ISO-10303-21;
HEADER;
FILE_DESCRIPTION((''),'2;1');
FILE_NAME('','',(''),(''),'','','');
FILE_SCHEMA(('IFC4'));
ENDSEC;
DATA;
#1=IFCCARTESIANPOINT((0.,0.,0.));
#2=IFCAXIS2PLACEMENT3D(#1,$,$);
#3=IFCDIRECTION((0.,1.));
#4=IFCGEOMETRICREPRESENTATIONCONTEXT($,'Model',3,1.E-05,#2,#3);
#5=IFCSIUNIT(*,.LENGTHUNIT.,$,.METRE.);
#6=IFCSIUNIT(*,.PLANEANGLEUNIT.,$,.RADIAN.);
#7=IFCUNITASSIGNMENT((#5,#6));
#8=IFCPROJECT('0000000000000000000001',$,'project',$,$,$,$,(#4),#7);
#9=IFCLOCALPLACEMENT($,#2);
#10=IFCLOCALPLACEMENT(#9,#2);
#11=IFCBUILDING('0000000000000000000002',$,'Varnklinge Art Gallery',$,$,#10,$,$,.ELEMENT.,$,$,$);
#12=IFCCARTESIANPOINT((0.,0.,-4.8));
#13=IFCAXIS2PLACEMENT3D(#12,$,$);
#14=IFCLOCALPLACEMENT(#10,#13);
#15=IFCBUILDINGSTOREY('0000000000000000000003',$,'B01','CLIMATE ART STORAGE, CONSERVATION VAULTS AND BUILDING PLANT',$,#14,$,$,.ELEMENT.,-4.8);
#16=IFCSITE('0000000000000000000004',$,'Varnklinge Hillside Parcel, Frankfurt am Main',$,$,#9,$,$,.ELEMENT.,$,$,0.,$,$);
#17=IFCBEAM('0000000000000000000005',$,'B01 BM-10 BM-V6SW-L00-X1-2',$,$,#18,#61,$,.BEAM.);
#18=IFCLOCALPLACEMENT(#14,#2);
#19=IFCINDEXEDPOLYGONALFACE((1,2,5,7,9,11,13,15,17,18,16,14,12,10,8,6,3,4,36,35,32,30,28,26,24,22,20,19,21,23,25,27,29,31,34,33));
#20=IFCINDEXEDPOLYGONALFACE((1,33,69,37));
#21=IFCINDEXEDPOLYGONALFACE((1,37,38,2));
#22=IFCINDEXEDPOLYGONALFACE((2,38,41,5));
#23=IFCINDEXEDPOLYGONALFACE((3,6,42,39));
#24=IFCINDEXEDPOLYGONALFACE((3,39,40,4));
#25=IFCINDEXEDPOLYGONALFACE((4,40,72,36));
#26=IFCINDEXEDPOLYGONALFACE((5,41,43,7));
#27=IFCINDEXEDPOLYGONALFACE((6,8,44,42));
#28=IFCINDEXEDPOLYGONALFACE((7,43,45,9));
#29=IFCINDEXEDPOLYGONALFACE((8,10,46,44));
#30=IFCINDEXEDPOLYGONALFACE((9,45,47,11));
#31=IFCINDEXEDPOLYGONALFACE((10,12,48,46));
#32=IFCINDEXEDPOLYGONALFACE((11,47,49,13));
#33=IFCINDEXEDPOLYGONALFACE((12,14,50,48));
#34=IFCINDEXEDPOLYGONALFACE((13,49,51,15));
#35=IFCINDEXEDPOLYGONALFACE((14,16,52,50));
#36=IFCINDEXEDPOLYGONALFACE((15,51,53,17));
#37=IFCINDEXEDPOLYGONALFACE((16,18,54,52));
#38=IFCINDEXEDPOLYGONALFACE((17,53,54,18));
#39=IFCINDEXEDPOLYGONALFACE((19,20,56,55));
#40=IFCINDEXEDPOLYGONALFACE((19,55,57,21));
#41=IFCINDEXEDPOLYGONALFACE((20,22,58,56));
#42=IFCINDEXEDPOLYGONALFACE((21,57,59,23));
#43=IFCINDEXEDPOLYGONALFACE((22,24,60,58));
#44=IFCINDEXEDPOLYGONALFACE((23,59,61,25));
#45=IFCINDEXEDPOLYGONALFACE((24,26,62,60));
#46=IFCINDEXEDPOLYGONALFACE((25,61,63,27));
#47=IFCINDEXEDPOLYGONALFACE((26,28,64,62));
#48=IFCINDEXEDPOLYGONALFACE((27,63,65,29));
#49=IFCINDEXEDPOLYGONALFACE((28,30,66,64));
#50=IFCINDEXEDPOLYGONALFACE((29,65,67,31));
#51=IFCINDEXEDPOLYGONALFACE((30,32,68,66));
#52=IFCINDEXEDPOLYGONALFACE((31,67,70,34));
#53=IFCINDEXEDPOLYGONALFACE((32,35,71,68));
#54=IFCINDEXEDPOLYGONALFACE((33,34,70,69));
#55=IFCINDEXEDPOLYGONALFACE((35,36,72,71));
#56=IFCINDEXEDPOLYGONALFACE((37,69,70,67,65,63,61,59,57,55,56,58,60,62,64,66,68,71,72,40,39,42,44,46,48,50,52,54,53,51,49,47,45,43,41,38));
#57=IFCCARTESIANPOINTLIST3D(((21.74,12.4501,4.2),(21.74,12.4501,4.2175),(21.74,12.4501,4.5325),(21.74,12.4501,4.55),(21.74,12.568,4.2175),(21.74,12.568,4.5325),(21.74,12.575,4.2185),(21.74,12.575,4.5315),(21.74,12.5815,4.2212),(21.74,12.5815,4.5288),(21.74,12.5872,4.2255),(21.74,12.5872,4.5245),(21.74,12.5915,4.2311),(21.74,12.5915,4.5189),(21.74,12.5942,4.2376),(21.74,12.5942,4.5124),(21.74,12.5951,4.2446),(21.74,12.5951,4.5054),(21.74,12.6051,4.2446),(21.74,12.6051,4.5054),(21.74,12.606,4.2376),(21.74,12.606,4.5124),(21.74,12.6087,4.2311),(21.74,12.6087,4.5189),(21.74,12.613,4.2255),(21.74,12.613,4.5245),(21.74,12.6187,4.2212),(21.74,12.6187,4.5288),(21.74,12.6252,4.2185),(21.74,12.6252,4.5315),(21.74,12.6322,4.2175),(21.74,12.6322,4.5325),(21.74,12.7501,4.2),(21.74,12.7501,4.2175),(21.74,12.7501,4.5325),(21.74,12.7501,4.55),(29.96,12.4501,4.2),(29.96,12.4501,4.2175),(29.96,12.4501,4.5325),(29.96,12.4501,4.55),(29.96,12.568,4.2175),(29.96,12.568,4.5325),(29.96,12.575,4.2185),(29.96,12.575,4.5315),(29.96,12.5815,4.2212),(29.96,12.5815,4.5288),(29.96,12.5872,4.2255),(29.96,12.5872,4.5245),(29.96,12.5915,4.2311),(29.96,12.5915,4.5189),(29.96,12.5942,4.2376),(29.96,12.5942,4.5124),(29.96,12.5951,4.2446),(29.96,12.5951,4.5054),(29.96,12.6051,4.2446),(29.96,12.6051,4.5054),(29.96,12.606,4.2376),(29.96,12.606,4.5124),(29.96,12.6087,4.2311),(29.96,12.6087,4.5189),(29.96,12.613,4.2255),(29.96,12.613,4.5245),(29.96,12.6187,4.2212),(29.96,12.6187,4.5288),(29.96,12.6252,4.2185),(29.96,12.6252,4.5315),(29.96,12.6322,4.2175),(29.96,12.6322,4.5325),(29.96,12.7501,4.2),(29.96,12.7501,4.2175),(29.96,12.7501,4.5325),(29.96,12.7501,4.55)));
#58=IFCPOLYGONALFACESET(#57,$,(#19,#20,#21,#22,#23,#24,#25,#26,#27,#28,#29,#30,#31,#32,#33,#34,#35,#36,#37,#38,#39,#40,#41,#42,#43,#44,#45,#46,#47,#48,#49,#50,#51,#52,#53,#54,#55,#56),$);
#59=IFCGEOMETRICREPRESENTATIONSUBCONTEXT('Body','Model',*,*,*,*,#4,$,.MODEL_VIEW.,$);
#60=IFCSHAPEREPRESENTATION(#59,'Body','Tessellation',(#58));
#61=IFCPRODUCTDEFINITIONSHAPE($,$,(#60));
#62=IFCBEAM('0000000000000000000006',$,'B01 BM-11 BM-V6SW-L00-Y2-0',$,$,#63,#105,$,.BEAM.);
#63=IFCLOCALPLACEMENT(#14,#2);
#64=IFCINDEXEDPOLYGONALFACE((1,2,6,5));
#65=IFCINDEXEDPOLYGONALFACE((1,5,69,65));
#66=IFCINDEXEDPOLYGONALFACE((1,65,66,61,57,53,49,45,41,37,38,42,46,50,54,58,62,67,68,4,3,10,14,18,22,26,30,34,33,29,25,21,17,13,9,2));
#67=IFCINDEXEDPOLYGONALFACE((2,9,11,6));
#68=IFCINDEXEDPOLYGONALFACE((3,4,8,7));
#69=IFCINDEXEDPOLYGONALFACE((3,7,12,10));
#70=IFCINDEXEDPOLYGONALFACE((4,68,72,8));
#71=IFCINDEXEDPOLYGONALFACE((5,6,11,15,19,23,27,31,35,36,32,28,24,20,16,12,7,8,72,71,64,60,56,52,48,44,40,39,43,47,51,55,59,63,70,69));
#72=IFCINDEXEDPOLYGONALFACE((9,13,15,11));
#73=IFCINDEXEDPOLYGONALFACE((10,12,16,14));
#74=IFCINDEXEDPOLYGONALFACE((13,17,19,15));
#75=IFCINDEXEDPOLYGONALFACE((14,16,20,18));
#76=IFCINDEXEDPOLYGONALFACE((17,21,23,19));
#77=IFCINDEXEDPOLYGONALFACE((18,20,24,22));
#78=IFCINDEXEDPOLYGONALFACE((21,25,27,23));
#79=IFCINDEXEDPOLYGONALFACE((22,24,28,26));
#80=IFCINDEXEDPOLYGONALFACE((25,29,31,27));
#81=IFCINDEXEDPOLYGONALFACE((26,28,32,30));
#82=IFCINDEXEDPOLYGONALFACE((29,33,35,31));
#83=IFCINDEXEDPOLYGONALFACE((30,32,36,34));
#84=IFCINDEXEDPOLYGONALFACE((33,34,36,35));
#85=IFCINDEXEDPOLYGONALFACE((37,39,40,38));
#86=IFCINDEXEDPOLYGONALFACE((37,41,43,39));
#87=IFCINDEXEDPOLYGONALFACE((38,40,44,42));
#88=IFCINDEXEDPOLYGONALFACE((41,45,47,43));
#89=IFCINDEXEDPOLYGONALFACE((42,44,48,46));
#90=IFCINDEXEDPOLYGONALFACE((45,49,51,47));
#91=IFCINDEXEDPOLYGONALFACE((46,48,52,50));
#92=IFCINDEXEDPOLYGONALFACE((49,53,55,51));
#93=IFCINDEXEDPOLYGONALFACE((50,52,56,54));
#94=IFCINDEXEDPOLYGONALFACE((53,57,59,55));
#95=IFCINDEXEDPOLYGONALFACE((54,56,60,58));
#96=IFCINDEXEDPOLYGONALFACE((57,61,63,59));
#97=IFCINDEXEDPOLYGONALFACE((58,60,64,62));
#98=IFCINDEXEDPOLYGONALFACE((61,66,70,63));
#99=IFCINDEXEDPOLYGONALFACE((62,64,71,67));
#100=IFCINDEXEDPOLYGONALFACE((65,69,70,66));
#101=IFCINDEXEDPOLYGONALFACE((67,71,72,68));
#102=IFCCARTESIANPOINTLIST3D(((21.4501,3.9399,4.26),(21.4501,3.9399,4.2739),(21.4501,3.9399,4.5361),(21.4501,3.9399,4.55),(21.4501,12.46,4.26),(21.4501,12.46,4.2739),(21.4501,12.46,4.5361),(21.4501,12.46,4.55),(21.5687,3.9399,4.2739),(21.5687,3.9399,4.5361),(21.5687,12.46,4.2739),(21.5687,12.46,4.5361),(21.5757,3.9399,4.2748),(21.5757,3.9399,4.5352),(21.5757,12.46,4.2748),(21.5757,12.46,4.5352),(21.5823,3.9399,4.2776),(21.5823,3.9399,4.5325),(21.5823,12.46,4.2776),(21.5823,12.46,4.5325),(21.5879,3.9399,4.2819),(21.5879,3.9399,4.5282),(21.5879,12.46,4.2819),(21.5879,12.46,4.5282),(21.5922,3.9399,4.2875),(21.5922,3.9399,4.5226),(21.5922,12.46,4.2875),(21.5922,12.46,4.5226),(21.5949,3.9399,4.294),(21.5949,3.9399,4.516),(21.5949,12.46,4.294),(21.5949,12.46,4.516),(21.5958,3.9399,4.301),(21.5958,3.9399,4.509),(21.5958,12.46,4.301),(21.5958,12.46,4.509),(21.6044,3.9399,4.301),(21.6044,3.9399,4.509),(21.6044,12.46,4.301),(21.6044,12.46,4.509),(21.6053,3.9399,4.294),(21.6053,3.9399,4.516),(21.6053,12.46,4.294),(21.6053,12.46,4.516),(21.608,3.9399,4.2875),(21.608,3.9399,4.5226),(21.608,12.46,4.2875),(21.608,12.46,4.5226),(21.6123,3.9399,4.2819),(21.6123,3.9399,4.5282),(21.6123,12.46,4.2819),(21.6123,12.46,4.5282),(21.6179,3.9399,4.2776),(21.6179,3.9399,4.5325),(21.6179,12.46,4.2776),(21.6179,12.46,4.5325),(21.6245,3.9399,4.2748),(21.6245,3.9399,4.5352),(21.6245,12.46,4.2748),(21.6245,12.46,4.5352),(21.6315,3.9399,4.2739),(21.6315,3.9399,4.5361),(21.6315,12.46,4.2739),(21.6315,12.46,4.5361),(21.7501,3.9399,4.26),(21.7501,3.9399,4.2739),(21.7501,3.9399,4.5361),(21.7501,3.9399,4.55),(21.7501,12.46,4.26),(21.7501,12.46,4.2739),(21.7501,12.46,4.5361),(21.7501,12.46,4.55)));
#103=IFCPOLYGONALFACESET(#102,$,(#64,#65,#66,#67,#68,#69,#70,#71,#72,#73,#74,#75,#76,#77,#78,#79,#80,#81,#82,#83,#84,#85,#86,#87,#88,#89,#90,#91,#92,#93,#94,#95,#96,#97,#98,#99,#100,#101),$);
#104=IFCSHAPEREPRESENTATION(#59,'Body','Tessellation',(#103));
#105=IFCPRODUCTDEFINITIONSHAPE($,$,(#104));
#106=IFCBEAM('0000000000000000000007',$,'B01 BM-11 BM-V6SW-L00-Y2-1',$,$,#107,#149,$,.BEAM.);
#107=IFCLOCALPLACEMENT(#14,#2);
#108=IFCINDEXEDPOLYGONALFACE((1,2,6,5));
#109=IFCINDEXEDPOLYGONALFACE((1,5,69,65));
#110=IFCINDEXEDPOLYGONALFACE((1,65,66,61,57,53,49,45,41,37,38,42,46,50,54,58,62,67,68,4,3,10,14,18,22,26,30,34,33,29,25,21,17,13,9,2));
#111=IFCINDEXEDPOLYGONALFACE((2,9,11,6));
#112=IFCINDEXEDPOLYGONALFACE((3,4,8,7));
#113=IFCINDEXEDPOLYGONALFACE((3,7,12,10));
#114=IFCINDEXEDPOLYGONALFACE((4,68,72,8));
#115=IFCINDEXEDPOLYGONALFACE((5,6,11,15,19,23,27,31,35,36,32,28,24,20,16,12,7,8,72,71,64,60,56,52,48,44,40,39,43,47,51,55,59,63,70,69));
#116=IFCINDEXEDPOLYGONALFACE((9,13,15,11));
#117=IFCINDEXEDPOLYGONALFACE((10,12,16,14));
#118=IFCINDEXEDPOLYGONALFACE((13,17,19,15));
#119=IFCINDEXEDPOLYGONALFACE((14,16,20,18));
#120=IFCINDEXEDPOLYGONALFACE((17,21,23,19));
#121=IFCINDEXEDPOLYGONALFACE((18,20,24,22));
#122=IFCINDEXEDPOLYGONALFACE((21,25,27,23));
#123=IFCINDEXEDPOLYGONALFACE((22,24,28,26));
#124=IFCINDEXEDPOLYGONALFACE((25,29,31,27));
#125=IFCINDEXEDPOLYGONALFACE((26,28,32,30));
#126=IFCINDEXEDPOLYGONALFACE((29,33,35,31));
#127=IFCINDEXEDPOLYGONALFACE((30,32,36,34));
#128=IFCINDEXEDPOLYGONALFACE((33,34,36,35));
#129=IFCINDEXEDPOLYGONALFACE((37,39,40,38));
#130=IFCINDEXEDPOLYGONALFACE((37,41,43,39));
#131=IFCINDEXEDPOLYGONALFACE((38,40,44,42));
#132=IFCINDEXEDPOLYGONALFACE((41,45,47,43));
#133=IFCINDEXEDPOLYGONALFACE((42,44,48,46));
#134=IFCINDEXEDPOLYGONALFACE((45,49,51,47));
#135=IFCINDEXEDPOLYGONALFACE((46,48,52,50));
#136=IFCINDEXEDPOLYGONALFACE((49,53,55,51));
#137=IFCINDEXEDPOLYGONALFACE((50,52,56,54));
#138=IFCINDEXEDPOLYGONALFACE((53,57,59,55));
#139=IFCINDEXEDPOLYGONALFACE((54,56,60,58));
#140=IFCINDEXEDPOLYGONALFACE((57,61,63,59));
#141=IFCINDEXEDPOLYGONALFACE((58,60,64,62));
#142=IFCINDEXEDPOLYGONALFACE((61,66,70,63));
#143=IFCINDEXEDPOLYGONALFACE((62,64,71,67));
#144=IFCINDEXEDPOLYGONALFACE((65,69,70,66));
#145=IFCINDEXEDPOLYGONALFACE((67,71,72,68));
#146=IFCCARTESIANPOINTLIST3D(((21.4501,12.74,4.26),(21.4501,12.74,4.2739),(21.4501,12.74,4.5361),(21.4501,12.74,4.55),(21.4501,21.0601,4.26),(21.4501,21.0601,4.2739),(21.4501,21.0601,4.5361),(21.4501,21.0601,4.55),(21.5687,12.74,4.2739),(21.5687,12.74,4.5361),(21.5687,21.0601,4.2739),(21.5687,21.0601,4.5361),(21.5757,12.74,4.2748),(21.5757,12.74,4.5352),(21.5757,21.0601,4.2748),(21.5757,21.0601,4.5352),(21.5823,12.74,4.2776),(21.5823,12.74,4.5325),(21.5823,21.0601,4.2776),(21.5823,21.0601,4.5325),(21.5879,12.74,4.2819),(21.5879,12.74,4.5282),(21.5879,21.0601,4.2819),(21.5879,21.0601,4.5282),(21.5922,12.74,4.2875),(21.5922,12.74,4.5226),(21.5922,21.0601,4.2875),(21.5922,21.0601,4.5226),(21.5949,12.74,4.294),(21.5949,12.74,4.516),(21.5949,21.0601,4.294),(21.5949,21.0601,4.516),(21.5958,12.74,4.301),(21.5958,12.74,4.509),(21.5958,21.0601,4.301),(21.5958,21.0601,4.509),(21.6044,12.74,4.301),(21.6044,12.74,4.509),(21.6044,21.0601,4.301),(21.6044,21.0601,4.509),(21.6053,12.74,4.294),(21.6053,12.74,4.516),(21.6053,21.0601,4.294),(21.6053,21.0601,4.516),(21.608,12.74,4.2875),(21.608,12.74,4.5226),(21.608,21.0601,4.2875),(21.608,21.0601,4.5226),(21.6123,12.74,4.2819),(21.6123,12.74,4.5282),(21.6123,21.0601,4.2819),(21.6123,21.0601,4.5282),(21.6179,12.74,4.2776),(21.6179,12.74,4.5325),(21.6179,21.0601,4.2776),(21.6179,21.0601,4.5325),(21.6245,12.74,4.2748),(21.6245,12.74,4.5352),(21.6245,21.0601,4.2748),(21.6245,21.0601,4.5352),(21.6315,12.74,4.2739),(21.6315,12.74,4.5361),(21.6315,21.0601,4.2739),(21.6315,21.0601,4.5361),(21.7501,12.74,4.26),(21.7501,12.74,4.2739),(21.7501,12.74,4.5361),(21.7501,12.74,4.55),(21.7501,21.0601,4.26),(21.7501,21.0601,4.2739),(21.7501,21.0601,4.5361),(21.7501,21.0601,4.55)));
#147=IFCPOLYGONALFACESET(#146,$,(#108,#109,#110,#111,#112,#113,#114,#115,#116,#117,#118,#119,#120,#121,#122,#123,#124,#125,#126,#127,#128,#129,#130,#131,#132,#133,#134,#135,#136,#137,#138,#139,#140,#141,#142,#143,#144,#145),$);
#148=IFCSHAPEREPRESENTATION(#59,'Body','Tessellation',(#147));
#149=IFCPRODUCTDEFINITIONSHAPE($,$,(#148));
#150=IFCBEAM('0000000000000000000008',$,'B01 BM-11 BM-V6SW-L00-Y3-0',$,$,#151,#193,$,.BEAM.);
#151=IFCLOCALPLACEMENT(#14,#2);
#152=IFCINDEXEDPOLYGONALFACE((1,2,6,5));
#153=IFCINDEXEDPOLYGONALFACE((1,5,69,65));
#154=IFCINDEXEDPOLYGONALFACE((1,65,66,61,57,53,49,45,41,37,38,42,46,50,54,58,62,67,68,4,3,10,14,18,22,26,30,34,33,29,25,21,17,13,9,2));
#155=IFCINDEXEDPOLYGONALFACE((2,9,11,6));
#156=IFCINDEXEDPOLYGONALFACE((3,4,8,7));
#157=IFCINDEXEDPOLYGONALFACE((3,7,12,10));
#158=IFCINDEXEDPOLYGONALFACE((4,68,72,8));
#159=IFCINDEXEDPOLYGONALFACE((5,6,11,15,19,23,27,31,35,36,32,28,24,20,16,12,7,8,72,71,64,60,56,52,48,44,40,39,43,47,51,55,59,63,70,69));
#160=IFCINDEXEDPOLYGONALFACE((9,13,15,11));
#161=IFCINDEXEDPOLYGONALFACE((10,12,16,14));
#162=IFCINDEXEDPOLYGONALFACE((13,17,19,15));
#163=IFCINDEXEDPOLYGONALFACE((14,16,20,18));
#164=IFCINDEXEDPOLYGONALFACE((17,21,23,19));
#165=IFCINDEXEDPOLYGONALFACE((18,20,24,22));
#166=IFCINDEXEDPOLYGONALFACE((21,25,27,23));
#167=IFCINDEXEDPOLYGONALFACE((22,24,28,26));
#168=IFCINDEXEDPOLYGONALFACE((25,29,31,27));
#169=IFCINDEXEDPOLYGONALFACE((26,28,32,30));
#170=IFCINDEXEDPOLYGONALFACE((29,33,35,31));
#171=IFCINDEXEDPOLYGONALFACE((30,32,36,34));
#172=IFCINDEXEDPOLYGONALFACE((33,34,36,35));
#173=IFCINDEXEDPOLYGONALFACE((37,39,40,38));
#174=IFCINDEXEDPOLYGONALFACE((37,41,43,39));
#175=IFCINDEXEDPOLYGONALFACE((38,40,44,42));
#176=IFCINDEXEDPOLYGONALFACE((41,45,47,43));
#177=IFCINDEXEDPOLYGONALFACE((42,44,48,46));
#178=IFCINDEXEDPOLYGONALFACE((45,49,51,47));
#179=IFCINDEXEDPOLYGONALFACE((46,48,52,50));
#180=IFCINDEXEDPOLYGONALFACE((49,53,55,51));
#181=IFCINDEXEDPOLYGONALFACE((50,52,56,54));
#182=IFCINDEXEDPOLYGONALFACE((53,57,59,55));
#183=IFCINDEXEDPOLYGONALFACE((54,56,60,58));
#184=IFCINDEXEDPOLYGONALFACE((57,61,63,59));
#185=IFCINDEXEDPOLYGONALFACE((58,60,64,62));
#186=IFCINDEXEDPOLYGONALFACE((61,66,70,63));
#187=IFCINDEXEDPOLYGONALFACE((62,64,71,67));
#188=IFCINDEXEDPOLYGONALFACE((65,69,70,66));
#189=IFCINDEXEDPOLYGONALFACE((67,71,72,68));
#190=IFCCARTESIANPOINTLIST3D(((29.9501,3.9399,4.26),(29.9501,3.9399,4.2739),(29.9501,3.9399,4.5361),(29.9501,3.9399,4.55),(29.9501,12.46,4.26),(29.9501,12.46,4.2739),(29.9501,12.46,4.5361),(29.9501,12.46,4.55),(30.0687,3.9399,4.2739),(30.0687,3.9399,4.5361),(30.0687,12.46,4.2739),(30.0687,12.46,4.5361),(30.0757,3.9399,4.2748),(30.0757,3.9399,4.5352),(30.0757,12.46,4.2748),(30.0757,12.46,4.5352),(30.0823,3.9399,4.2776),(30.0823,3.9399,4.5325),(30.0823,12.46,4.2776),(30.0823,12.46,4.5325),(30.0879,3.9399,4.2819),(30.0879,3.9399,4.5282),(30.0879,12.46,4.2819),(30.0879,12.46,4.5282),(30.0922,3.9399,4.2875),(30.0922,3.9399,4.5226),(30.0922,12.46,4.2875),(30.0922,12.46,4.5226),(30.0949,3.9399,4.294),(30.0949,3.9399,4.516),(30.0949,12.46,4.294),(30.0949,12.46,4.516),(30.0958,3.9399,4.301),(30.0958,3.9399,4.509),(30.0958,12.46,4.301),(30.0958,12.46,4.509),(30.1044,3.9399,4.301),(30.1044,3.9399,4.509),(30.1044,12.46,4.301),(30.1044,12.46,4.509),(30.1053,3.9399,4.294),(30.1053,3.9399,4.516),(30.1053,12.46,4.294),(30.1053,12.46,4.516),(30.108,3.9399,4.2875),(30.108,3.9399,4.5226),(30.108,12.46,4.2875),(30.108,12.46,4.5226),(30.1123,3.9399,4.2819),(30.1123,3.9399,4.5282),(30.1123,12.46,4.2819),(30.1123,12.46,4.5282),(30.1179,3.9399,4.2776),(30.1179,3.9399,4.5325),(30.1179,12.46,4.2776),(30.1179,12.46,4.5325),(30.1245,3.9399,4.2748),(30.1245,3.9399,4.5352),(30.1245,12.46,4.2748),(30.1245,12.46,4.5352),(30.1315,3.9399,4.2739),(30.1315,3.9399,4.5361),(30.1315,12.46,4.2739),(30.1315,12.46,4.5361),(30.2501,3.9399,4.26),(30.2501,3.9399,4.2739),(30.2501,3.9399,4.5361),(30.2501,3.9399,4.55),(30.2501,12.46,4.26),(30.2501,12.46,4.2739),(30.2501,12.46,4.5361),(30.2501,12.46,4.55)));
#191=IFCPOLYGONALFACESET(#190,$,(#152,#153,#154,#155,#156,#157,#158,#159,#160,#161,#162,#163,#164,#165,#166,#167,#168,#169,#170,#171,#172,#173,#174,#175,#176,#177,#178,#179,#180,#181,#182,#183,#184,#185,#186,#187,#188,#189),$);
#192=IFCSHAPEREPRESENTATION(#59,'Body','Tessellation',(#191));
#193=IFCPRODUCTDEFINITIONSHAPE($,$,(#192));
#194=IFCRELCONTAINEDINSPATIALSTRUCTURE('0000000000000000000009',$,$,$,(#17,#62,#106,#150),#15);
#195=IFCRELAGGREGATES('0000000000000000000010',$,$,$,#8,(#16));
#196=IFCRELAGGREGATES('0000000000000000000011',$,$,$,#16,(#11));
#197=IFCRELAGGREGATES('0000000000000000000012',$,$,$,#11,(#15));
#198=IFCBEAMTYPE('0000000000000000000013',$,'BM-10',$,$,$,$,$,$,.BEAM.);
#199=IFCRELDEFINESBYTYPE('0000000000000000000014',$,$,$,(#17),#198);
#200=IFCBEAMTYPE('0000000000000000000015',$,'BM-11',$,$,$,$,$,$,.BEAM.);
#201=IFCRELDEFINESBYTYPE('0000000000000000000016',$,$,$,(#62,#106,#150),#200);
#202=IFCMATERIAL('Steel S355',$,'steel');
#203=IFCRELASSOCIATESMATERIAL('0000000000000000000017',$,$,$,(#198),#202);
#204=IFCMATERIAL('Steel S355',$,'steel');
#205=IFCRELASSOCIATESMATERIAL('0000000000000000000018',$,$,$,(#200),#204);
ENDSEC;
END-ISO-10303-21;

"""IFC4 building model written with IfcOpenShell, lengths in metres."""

from ifc_helpers import new_model, si_unit, direction, frame, origin, origin_2d, place, context, subcontext, project, spatial, i_section, extrude, material, material_profile, profile_set, type_object, element, save


model = new_model("IFC4")

# Units and contexts
model_context = context("Model", 3, precision=1e-05, world=origin(), true_north=direction((0.0, 1.0)))
body_context = subcontext(model_context, "Body", "Model", "MODEL_VIEW")
ifc_project = project(units=[si_unit("LENGTHUNIT", "METRE"), si_unit("PLANEANGLEUNIT", "RADIAN")], contexts=[model_context])

# Site, building, storey
site_placement = place(None, origin())
site = spatial("IfcSite", under=ifc_project, at=site_placement, Name="Varnklinge Hillside Parcel, Frankfurt am Main", CompositionType="ELEMENT", RefElevation=0.0)
building_placement = place(site_placement, origin())
building = spatial("IfcBuilding", under=site, at=building_placement, Name="Varnklinge Art Gallery", CompositionType="ELEMENT")
storey_placement = place(building_placement, frame((0.0, 0.0, -4.8)))
storey = spatial("IfcBuildingStorey", under=building, at=storey_placement, Name="B01", Description="CLIMATE ART STORAGE, CONSERVATION VAULTS AND BUILDING PLANT", CompositionType="ELEMENT", Elevation=-4.8)

# Beams
ifc_material_1 = material(Name="Steel S355", Category="steel")
ifc_material_profile_1 = material_profile(ifc_material_1, i_section(OverallWidth=0.3, OverallDepth=0.3501, WebThickness=0.01, FlangeThickness=0.0176, FilletRadius=0.0271, at=origin_2d()), Name="HEA 360")
ifc_profile_set_1 = profile_set([ifc_material_profile_1], Name="Steel S355")
beam_type_1 = type_object("IfcBeamType", Name="BM-10", PredefinedType="BEAM", material=ifc_profile_set_1)
for number, where, z_axis, x_axis, name in (
    (1, (21.74, 12.6001, 4.375), (1.0, 0.0, 0.0), (0.0, 1.0, 0.0), "B01 BM-10 BM-V6SW-L00-X1-2"),
):
    element("IfcBeam", number, at=place(storey_placement, frame(where, z_axis=z_axis, x_axis=x_axis)), inside=storey, type_object=beam_type_1, Name=name, PredefinedType="BEAM", context=body_context, shape_type="SweptSolid", body=[
        extrude(i_section(OverallWidth=0.3, OverallDepth=0.3501, WebThickness=0.01, FlangeThickness=0.0176, FilletRadius=0.0271, at=origin_2d()), origin(), (0.0, 0.0, 1.0), 8.22),
    ])
ifc_material_2 = material(Name="Steel S355", Category="steel")
ifc_material_profile_2 = material_profile(ifc_material_2, i_section(OverallWidth=0.3, OverallDepth=0.29, WebThickness=0.0085, FlangeThickness=0.0139, FilletRadius=0.0271, at=origin_2d()), Name="HEA 300")
ifc_profile_set_2 = profile_set([ifc_material_profile_2], Name="Steel S355")
beam_type_2 = type_object("IfcBeamType", Name="BM-11", PredefinedType="BEAM", material=ifc_profile_set_2)
beam_1_placement = place(storey_placement, frame((21.6001, 3.9399, 4.405), z_axis=(0.0, 1.0, 0.0), x_axis=(-1.0, 0.0, 0.0)))
element("IfcBeam", 2, at=beam_1_placement, inside=storey, type_object=beam_type_2, Name="B01 BM-11 BM-V6SW-L00-Y2-0", PredefinedType="BEAM", context=body_context, shape_type="SweptSolid", body=[
    extrude(i_section(OverallWidth=0.3, OverallDepth=0.29, WebThickness=0.0085, FlangeThickness=0.0139, FilletRadius=0.0271, at=origin_2d()), origin(), (0.0, 0.0, 1.0), 8.52),
])
beam_2_placement = place(storey_placement, frame((21.6001, 12.74, 4.405), z_axis=(0.0, 1.0, 0.0), x_axis=(-1.0, 0.0, 0.0)))
element("IfcBeam", 3, at=beam_2_placement, inside=storey, type_object=beam_type_2, Name="B01 BM-11 BM-V6SW-L00-Y2-1", PredefinedType="BEAM", context=body_context, shape_type="SweptSolid", body=[
    extrude(i_section(OverallWidth=0.3, OverallDepth=0.29, WebThickness=0.0085, FlangeThickness=0.0139, FilletRadius=0.0271, at=origin_2d()), origin(), (0.0, 0.0, 1.0), 8.3201),
])
beam_3_placement = place(storey_placement, frame((30.1001, 3.9399, 4.405), z_axis=(0.0, 1.0, 0.0), x_axis=(-1.0, 0.0, 0.0)))
element("IfcBeam", 4, at=beam_3_placement, inside=storey, type_object=beam_type_2, Name="B01 BM-11 BM-V6SW-L00-Y3-0", PredefinedType="BEAM", context=body_context, shape_type="SweptSolid", body=[
    extrude(i_section(OverallWidth=0.3, OverallDepth=0.29, WebThickness=0.0085, FlangeThickness=0.0139, FilletRadius=0.0271, at=origin_2d()), origin(), (0.0, 0.0, 1.0), 8.52),
])

save(model, "model.ifc")
